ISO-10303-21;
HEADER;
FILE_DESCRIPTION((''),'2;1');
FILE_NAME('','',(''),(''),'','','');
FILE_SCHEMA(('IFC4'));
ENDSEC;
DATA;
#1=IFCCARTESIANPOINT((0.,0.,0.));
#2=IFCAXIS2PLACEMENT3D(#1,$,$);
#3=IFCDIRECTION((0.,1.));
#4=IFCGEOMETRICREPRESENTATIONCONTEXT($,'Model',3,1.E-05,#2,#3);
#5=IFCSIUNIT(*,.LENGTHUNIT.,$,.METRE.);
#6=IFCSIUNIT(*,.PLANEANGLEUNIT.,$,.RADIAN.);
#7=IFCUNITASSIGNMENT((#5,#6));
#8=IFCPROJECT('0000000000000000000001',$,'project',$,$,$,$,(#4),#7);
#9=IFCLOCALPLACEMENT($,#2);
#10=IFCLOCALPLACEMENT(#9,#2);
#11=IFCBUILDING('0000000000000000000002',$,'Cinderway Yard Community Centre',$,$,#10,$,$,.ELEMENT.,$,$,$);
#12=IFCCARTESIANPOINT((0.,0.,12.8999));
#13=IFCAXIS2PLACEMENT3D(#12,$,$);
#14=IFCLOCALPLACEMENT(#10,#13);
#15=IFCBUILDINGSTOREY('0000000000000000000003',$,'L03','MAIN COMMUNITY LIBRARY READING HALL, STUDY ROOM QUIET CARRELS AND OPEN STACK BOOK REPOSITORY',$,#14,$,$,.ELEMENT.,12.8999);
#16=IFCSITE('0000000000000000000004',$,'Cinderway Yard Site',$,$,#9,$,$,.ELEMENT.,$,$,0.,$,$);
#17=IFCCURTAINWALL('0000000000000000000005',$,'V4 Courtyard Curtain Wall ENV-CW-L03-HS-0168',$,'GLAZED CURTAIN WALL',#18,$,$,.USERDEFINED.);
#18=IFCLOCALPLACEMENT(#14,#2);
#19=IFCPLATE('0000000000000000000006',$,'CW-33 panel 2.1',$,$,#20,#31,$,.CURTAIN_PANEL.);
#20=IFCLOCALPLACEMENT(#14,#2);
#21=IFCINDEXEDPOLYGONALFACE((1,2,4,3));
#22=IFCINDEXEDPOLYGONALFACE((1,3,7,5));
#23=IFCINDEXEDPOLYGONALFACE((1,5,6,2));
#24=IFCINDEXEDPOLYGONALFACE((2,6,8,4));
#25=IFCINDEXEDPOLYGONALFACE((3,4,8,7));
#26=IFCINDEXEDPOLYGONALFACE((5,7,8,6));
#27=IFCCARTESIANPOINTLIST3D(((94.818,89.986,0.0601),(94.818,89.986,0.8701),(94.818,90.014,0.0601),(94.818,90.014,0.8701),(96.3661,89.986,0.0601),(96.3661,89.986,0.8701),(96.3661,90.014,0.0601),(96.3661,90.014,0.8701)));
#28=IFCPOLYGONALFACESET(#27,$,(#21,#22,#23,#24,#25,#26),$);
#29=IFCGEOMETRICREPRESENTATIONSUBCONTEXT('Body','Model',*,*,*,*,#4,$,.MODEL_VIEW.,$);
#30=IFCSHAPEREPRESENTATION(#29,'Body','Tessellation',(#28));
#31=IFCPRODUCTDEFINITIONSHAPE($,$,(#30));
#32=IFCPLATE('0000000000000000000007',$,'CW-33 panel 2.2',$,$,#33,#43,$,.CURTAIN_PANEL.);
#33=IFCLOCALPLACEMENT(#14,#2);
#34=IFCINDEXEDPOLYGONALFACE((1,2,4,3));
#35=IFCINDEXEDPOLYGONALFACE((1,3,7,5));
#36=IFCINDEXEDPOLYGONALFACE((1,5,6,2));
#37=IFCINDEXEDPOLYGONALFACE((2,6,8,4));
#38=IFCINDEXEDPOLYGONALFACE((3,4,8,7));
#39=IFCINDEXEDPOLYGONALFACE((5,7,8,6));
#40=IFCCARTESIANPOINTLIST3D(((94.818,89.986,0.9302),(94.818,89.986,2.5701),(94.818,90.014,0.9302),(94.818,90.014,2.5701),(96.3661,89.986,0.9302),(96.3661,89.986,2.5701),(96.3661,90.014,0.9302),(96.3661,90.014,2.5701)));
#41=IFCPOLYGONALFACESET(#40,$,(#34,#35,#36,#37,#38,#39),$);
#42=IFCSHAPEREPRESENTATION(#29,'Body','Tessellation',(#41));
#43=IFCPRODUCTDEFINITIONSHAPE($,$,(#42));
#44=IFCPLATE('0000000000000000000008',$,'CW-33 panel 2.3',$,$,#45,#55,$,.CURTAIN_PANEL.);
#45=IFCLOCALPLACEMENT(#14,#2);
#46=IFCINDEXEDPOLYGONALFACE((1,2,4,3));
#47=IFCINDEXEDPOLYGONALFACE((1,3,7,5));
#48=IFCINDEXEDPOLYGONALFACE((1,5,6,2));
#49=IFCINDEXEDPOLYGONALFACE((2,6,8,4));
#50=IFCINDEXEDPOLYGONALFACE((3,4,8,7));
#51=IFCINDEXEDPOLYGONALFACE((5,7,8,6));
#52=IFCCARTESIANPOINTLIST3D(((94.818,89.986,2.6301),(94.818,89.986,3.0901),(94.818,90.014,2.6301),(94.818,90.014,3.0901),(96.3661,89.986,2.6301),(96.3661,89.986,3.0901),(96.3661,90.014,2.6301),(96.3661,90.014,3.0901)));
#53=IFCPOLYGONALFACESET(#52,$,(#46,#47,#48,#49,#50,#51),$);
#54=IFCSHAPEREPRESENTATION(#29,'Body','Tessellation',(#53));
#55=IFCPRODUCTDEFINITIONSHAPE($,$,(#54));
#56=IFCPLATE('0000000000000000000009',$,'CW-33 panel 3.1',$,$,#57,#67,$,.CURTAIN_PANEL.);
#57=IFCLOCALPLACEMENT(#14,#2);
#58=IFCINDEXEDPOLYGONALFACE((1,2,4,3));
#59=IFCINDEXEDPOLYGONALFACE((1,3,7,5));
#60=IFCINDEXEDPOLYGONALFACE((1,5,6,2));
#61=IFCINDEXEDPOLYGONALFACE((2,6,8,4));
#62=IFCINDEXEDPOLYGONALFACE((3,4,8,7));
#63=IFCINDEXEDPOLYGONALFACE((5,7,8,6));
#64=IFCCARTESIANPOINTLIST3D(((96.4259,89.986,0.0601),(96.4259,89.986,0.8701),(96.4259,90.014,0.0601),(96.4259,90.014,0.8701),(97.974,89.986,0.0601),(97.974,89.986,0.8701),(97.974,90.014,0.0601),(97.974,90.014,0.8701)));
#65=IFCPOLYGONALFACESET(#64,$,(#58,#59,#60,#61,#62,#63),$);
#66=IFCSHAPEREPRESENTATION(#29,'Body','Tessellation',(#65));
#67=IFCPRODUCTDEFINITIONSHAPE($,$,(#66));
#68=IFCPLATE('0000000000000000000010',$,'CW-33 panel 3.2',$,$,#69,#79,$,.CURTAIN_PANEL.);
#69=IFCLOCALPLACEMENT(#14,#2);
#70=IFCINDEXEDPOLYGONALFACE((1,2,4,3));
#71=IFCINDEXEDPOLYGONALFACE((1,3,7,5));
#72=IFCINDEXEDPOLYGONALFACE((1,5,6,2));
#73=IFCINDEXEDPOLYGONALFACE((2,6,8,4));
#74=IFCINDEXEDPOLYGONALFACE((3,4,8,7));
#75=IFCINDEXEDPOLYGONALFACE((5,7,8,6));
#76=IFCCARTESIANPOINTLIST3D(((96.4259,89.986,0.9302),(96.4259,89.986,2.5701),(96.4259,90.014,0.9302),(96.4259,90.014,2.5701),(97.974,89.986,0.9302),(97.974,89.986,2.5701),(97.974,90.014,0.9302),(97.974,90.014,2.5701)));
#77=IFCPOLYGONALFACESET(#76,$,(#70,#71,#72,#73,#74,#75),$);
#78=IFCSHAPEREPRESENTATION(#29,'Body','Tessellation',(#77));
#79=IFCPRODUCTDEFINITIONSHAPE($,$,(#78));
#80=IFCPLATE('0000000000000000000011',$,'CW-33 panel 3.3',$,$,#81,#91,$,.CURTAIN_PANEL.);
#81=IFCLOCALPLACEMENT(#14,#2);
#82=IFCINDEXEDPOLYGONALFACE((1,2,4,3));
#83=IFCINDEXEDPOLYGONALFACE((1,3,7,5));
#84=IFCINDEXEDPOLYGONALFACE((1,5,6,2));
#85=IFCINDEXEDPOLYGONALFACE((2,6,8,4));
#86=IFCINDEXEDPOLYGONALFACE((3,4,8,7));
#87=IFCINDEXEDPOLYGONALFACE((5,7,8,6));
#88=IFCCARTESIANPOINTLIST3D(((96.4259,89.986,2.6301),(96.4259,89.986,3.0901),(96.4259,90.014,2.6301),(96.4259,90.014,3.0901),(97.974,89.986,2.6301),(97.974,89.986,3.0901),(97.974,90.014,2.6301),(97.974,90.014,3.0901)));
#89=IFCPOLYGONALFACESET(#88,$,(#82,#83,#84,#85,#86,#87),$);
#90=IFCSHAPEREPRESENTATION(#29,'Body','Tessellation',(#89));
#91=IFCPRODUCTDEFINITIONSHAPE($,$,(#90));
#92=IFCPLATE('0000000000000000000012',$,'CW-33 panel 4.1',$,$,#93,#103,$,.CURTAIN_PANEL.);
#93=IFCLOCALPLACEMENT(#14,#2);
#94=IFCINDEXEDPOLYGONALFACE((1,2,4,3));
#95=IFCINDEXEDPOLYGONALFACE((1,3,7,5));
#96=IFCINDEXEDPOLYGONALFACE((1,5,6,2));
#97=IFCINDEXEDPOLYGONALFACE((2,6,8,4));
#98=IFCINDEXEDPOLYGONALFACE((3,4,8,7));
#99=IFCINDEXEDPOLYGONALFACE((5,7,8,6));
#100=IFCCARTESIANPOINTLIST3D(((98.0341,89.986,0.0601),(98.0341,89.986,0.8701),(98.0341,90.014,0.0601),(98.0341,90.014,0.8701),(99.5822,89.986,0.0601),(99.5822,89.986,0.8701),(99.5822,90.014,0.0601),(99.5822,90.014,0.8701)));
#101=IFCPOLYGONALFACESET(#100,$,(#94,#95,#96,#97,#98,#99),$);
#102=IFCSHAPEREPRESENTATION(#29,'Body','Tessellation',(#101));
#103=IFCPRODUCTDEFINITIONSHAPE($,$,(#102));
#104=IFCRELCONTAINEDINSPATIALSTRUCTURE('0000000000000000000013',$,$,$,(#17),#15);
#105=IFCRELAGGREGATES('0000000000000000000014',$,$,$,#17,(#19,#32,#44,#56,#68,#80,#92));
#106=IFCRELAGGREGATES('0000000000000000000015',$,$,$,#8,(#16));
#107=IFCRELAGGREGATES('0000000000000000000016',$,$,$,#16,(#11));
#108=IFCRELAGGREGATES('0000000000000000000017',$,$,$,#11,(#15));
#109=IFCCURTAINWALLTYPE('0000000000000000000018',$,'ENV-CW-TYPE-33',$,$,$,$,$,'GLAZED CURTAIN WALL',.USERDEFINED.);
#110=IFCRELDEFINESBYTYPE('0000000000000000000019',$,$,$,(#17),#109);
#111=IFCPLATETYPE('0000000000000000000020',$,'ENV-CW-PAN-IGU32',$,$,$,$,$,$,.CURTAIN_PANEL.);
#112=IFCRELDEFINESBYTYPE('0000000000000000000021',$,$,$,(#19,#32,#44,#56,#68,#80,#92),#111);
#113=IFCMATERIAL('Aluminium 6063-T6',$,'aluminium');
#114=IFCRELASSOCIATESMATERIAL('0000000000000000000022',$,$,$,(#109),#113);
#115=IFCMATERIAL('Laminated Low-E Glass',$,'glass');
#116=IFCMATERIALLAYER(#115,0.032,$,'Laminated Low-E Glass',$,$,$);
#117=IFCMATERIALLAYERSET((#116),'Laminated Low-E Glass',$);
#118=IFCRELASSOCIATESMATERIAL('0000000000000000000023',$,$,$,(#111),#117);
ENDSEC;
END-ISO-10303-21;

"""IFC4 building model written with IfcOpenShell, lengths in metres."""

from ifc_helpers import new_model, si_unit, direction, frame, origin, origin_2d, place, context, subcontext, project, spatial, rectangle, extrude, material, layer, layer_set, type_object, element, aggregate, save


model = new_model("IFC4")

# Units and contexts
model_context = context("Model", 3, precision=1e-05, world=origin(), true_north=direction((0.0, 1.0)))
body_context = subcontext(model_context, "Body", "Model", "MODEL_VIEW")
ifc_project = project(units=[si_unit("LENGTHUNIT", "METRE"), si_unit("PLANEANGLEUNIT", "RADIAN")], contexts=[model_context])

# Site, building, storey
site_placement = place(None, origin())
site = spatial("IfcSite", under=ifc_project, at=site_placement, Name="Cinderway Yard Site", CompositionType="ELEMENT", RefElevation=0.0)
building_placement = place(site_placement, origin())
building = spatial("IfcBuilding", under=site, at=building_placement, Name="Cinderway Yard Community Centre", CompositionType="ELEMENT")
storey_placement = place(building_placement, frame((0.0, 0.0, 12.8999)))
storey = spatial("IfcBuildingStorey", under=building, at=storey_placement, Name="L03", Description="MAIN COMMUNITY LIBRARY READING HALL, STUDY ROOM QUIET CARRELS AND OPEN STACK BOOK REPOSITORY", CompositionType="ELEMENT", Elevation=12.8999)

# Curtain wall, plates
ifc_material_1 = material(Name="Aluminium 6063-T6", Category="aluminium")
curtain_wall_type = type_object("IfcCurtainWallType", Name="ENV-CW-TYPE-33", ElementType="GLAZED CURTAIN WALL", PredefinedType="USERDEFINED", material=ifc_material_1)
curtain_wall_placement = place(storey_placement, origin())
curtain_wall = element("IfcCurtainWall", 1, at=curtain_wall_placement, inside=storey, type_object=curtain_wall_type, Name="V4 Courtyard Curtain Wall ENV-CW-L03-HS-0168", ObjectType="GLAZED CURTAIN WALL", PredefinedType="USERDEFINED")
ifc_material_2 = material(Name="Laminated Low-E Glass", Category="glass")
ifc_layer = layer(ifc_material_2, 0.032, Name="Laminated Low-E Glass")
ifc_layer_set = layer_set([ifc_layer], Name="Laminated Low-E Glass")
plate_type = type_object("IfcPlateType", Name="ENV-CW-PAN-IGU32", PredefinedType="CURTAIN_PANEL", material=ifc_layer_set)
plate_1_placement = place(storey_placement, frame((95.592, 90.0, 0.0601), z_axis=(0.0, 0.0, 1.0), x_axis=(1.0, 0.0, 0.0)))
plate_1 = element("IfcPlate", 2, at=plate_1_placement, type_object=plate_type, Name="CW-33 panel 2.1", PredefinedType="CURTAIN_PANEL", context=body_context, shape_type="SweptSolid", body=[
    extrude(rectangle(XDim=1.5481, YDim=0.0281, at=origin_2d()), origin(), (0.0, 0.0, 1.0), 0.8101),
])
plate_2_placement = place(storey_placement, frame((95.592, 90.0, 0.9302), z_axis=(0.0, 0.0, 1.0), x_axis=(1.0, 0.0, 0.0)))
plate_2 = element("IfcPlate", 3, at=plate_2_placement, type_object=plate_type, Name="CW-33 panel 2.2", PredefinedType="CURTAIN_PANEL", context=body_context, shape_type="SweptSolid", body=[
    extrude(rectangle(XDim=1.5481, YDim=0.0281, at=origin_2d()), origin(), (0.0, 0.0, 1.0), 1.6399),
])
plate_3_placement = place(storey_placement, frame((95.592, 90.0, 2.6301), z_axis=(0.0, 0.0, 1.0), x_axis=(1.0, 0.0, 0.0)))
plate_3 = element("IfcPlate", 4, at=plate_3_placement, type_object=plate_type, Name="CW-33 panel 2.3", PredefinedType="CURTAIN_PANEL", context=body_context, shape_type="SweptSolid", body=[
    extrude(rectangle(XDim=1.5481, YDim=0.0281, at=origin_2d()), origin(), (0.0, 0.0, 1.0), 0.46),
])
plate_4_placement = place(storey_placement, frame((97.2, 90.0, 0.0601), z_axis=(0.0, 0.0, 1.0), x_axis=(1.0, 0.0, 0.0)))
plate_4 = element("IfcPlate", 5, at=plate_4_placement, type_object=plate_type, Name="CW-33 panel 3.1", PredefinedType="CURTAIN_PANEL", context=body_context, shape_type="SweptSolid", body=[
    extrude(rectangle(XDim=1.5481, YDim=0.0281, at=origin_2d()), origin(), (0.0, 0.0, 1.0), 0.8101),
])
plate_5_placement = place(storey_placement, frame((97.2, 90.0, 0.9302), z_axis=(0.0, 0.0, 1.0), x_axis=(1.0, 0.0, 0.0)))
plate_5 = element("IfcPlate", 6, at=plate_5_placement, type_object=plate_type, Name="CW-33 panel 3.2", PredefinedType="CURTAIN_PANEL", context=body_context, shape_type="SweptSolid", body=[
    extrude(rectangle(XDim=1.5481, YDim=0.0281, at=origin_2d()), origin(), (0.0, 0.0, 1.0), 1.6399),
])
plate_6_placement = place(storey_placement, frame((97.2, 90.0, 2.6301), z_axis=(0.0, 0.0, 1.0), x_axis=(1.0, 0.0, 0.0)))
plate_6 = element("IfcPlate", 7, at=plate_6_placement, type_object=plate_type, Name="CW-33 panel 3.3", PredefinedType="CURTAIN_PANEL", context=body_context, shape_type="SweptSolid", body=[
    extrude(rectangle(XDim=1.5481, YDim=0.0281, at=origin_2d()), origin(), (0.0, 0.0, 1.0), 0.46),
])
plate_7_placement = place(storey_placement, frame((98.8081, 90.0, 0.0601), z_axis=(0.0, 0.0, 1.0), x_axis=(1.0, 0.0, 0.0)))
plate_7 = element("IfcPlate", 8, at=plate_7_placement, type_object=plate_type, Name="CW-33 panel 4.1", PredefinedType="CURTAIN_PANEL", context=body_context, shape_type="SweptSolid", body=[
    extrude(rectangle(XDim=1.5481, YDim=0.0281, at=origin_2d()), origin(), (0.0, 0.0, 1.0), 0.8101),
])
aggregate(curtain_wall, [plate_1, plate_2, plate_3, plate_4, plate_5, plate_6, plate_7])

save(model, "model.ifc")
